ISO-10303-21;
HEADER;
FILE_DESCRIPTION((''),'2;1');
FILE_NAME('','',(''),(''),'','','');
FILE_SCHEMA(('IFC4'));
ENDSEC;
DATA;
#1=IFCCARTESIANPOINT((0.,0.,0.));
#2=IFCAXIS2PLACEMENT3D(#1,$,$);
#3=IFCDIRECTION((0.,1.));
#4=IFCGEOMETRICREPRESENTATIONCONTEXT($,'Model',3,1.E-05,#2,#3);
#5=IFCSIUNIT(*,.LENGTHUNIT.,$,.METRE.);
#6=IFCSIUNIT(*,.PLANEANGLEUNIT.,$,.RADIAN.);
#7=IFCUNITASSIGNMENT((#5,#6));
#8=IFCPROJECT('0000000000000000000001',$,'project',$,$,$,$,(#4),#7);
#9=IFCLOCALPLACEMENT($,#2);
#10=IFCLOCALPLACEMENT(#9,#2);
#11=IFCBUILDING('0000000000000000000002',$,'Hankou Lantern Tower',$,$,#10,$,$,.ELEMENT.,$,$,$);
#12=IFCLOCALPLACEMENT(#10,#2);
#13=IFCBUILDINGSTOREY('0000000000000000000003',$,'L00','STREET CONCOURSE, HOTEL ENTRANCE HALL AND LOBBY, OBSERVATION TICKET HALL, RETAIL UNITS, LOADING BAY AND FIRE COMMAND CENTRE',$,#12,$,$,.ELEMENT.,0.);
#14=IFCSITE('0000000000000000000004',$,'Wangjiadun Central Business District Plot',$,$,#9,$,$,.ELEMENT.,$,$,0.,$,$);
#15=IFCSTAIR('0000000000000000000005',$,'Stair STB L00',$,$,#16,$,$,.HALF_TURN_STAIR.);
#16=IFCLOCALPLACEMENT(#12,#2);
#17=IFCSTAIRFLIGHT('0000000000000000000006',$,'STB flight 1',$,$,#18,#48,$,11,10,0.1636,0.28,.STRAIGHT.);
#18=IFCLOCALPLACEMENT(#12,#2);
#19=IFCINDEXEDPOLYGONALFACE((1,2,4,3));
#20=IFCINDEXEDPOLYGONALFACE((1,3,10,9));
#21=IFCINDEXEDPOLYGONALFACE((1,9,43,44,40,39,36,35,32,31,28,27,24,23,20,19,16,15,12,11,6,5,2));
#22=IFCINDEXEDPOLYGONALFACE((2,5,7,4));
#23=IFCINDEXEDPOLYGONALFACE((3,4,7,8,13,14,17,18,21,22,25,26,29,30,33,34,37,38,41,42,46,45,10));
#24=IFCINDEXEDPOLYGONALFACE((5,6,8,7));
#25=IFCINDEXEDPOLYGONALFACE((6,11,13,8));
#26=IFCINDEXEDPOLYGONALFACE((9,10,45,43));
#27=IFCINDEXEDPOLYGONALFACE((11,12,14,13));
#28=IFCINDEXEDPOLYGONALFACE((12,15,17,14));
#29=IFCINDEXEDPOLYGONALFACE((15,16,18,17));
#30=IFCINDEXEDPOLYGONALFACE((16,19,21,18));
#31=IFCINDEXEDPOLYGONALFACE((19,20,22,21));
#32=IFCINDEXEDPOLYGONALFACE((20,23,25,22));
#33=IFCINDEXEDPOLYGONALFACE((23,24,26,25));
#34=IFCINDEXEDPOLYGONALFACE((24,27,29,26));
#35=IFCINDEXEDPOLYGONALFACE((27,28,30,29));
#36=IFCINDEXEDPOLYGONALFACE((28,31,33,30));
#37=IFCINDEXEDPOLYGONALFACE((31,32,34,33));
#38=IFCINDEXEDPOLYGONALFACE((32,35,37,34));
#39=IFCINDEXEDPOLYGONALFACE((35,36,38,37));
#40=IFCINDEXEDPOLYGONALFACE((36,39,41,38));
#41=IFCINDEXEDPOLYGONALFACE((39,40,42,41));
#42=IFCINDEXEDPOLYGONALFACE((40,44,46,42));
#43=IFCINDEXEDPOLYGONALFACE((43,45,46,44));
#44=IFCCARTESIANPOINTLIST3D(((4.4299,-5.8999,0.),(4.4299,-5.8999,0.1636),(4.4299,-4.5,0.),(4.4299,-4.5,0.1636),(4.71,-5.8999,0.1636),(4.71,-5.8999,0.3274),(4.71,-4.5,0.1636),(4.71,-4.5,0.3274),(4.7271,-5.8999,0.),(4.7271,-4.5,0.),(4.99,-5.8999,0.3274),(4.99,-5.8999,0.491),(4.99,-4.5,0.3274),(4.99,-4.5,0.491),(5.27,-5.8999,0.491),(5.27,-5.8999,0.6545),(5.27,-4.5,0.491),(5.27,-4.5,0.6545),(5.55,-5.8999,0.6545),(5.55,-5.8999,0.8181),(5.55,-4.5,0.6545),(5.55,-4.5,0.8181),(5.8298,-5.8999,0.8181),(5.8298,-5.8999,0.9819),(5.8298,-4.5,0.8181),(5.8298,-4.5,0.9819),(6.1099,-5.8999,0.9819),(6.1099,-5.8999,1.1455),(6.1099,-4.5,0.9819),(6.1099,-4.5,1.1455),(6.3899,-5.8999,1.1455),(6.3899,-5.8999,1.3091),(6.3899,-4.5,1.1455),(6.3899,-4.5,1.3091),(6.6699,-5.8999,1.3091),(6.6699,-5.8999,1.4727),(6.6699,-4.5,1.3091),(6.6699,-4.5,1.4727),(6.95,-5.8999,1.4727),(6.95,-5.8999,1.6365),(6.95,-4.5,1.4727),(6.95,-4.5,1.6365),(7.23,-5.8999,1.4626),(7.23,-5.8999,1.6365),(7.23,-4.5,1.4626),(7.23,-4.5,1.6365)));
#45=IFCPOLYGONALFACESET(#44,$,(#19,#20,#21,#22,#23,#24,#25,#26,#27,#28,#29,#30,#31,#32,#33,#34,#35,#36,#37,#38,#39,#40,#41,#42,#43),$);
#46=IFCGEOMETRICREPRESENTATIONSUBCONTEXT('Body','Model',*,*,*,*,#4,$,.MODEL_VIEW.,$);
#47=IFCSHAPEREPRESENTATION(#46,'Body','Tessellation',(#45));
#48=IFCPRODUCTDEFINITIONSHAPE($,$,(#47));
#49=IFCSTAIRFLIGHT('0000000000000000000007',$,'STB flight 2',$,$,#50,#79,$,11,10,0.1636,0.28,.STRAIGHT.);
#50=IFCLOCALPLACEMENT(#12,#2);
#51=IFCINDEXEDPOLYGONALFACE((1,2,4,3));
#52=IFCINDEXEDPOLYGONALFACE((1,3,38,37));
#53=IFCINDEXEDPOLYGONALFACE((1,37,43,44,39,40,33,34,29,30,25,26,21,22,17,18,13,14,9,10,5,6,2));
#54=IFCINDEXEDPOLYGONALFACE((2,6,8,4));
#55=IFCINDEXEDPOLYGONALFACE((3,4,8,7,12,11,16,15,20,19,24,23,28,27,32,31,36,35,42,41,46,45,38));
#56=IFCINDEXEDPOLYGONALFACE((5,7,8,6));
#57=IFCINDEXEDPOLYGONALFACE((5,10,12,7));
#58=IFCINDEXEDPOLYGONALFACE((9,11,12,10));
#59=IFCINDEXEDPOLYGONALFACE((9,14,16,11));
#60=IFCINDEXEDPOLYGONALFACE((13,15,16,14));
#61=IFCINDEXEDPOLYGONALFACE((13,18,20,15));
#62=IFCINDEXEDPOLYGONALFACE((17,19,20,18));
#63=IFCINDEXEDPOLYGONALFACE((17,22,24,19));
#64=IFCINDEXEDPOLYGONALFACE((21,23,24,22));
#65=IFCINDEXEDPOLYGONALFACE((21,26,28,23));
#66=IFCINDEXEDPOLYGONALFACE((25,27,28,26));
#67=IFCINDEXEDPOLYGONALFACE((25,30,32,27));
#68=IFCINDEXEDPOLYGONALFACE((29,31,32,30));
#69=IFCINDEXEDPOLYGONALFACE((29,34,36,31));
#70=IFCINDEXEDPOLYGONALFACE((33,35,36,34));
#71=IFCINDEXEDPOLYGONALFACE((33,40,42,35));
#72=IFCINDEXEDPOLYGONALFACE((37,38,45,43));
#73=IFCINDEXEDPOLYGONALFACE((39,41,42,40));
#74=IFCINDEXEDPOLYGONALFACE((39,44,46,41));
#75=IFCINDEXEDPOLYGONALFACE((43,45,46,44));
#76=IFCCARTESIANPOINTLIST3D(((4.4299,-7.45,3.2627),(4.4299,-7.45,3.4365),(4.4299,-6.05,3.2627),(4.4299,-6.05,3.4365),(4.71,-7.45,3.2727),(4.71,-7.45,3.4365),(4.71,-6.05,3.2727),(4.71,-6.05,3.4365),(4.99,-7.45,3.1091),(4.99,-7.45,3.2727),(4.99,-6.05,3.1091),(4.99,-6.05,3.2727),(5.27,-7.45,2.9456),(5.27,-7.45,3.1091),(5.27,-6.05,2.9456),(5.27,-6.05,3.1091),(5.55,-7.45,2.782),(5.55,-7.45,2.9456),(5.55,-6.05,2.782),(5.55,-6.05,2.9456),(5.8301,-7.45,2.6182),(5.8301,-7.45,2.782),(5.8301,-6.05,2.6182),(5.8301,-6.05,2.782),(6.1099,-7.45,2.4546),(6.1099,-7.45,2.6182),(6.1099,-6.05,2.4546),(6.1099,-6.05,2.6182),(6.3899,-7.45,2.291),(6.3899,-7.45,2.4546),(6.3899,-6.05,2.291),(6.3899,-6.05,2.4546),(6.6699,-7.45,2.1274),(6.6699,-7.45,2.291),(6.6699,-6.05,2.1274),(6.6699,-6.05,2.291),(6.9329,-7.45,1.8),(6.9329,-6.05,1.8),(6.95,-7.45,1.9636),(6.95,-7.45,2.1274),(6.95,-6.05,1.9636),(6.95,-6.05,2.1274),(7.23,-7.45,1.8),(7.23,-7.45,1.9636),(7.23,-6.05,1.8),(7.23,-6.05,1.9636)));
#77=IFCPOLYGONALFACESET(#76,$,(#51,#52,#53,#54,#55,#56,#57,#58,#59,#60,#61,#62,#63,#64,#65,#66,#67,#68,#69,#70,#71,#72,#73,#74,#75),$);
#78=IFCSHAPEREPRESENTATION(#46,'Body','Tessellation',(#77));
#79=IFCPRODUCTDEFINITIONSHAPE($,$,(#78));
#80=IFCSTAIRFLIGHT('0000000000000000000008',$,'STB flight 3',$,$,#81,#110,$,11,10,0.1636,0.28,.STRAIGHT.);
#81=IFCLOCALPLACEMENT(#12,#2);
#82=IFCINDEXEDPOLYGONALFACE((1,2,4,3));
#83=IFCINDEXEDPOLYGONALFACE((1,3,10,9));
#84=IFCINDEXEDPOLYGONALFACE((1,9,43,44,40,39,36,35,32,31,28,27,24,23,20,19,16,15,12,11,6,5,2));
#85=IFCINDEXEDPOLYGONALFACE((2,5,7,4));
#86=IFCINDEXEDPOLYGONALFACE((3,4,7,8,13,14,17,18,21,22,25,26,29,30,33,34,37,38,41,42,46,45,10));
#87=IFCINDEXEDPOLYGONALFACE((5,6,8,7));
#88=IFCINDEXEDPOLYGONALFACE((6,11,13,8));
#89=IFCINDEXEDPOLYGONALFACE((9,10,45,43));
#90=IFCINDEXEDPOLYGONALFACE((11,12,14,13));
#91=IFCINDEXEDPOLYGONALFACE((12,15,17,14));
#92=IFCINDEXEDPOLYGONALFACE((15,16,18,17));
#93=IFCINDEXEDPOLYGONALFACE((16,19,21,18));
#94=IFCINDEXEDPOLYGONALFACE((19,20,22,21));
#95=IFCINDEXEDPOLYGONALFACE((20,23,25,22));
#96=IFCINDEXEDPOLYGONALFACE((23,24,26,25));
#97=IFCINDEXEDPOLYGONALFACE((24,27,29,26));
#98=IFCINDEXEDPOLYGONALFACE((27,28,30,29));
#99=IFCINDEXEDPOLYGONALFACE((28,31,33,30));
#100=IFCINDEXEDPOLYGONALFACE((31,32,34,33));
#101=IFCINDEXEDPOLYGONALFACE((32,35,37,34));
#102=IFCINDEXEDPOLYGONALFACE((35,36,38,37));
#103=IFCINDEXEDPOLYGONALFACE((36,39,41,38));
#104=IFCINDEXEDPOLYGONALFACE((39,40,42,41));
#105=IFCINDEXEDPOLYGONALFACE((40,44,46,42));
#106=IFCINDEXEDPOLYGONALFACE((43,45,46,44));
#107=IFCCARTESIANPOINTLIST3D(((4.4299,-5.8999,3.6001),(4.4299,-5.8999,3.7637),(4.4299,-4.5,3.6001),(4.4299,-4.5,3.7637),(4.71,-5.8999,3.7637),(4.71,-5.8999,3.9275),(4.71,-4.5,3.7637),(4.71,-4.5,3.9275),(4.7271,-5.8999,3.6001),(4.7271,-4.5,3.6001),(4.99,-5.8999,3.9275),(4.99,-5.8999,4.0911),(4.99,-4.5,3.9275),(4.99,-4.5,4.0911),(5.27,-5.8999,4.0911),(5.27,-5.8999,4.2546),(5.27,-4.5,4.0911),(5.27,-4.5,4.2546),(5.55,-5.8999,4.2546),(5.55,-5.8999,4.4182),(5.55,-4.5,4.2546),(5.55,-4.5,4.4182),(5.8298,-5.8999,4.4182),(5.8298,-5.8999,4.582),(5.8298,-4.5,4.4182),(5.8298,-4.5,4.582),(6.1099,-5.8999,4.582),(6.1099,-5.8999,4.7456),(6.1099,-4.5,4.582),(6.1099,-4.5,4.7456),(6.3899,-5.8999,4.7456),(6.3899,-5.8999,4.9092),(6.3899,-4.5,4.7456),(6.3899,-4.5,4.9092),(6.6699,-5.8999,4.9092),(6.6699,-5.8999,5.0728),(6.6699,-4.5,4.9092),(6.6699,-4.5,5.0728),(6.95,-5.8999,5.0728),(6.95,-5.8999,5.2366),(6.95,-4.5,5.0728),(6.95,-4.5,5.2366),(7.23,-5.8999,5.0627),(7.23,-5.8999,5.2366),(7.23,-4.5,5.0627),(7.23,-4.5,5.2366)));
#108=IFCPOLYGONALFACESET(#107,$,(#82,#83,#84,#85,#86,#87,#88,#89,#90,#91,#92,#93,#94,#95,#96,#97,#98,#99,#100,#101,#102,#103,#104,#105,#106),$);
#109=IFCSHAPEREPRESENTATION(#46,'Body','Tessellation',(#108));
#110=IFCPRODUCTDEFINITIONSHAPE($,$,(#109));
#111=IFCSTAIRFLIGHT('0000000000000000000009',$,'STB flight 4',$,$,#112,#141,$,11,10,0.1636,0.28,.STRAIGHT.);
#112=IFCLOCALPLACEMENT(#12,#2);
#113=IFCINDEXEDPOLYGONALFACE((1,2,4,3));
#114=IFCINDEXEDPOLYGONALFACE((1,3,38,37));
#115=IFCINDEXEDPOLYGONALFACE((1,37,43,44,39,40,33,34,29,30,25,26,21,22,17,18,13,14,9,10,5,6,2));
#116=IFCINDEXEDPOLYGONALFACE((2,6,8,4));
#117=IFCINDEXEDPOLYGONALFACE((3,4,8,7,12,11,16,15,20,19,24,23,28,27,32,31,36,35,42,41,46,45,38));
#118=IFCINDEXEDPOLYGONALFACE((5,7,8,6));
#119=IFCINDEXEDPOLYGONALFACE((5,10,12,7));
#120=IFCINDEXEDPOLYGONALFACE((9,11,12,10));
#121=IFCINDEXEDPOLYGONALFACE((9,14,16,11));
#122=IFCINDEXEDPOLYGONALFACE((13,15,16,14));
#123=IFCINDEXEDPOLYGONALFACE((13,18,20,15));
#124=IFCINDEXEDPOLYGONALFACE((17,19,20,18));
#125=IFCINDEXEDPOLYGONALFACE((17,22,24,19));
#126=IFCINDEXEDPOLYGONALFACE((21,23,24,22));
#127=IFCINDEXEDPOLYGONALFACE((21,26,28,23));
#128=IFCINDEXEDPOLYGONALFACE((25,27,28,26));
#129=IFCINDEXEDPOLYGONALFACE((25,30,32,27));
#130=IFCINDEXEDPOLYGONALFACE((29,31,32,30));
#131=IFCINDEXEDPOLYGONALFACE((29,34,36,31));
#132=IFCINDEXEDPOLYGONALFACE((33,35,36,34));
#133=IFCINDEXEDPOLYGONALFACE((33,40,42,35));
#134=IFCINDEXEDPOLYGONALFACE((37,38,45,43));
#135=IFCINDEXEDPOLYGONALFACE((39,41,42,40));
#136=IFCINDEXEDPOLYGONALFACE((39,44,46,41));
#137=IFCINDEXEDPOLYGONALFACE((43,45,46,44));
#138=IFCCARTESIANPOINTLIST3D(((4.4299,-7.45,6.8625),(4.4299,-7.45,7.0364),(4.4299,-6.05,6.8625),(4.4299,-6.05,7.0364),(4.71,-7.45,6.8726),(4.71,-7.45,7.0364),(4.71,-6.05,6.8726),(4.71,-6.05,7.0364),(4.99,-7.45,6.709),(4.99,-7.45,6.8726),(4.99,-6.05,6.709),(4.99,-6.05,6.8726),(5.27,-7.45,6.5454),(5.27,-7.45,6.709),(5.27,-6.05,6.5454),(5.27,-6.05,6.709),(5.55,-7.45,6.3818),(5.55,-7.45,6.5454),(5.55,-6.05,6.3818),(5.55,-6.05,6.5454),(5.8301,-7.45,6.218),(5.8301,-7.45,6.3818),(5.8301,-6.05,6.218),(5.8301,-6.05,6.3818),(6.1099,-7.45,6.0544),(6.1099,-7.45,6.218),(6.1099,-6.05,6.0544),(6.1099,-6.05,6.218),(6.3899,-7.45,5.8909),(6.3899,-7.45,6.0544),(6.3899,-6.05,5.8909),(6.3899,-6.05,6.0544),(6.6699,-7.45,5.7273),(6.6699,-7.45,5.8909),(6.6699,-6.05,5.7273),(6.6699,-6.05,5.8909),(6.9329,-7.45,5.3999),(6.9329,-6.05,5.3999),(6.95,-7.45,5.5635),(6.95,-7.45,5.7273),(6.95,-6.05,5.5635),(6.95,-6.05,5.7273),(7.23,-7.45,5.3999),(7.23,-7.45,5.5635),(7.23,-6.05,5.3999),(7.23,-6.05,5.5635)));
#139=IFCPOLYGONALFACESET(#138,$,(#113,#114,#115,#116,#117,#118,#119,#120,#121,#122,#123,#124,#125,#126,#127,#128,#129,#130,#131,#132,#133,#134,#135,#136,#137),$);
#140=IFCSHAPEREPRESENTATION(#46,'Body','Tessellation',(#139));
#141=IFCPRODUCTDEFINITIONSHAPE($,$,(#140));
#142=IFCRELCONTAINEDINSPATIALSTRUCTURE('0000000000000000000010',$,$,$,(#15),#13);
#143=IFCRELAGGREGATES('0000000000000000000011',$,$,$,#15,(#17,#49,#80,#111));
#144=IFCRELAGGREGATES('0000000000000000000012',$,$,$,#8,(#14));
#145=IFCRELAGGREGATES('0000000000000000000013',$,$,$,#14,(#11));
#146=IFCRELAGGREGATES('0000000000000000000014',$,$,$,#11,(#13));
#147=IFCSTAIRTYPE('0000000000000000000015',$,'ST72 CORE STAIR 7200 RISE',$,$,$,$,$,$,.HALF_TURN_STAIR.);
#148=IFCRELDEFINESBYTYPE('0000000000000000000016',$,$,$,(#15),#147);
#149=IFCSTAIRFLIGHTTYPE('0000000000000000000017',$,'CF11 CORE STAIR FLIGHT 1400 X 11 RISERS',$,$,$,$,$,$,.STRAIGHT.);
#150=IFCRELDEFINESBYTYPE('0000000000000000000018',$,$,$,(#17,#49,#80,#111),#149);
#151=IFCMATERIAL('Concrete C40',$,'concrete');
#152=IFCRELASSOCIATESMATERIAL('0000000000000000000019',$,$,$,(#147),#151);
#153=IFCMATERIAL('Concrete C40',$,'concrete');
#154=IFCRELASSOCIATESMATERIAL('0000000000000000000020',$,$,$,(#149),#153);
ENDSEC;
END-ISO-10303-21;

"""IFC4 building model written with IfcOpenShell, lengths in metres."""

from ifc_helpers import new_model, si_unit, direction, frame, origin, place, context, subcontext, project, spatial, polyline, outline, extrude, material, type_object, element, aggregate, save


model = new_model("IFC4")

# Units and contexts
model_context = context("Model", 3, precision=1e-05, world=origin(), true_north=direction((0.0, 1.0)))
body_context = subcontext(model_context, "Body", "Model", "MODEL_VIEW")
ifc_project = project(units=[si_unit("LENGTHUNIT", "METRE"), si_unit("PLANEANGLEUNIT", "RADIAN")], contexts=[model_context])

# Site, building, storey
site_placement = place(None, origin())
site = spatial("IfcSite", under=ifc_project, at=site_placement, Name="Wangjiadun Central Business District Plot", CompositionType="ELEMENT", RefElevation=0.0)
building_placement = place(site_placement, origin())
building = spatial("IfcBuilding", under=site, at=building_placement, Name="Hankou Lantern Tower", CompositionType="ELEMENT")
storey_placement = place(building_placement, origin())
storey = spatial("IfcBuildingStorey", under=building, at=storey_placement, Name="L00", Description="STREET CONCOURSE, HOTEL ENTRANCE HALL AND LOBBY, OBSERVATION TICKET HALL, RETAIL UNITS, LOADING BAY AND FIRE COMMAND CENTRE", CompositionType="ELEMENT", Elevation=0.0)

# Stair, stair flights
ifc_material_1 = material(Name="Concrete C40", Category="concrete")
stair_type = type_object("IfcStairType", Name="ST72 CORE STAIR 7200 RISE", PredefinedType="HALF_TURN_STAIR", material=ifc_material_1)
stair_placement = place(storey_placement, origin())
stair = element("IfcStair", 1, at=stair_placement, inside=storey, type_object=stair_type, Name="Stair STB L00", PredefinedType="HALF_TURN_STAIR")
ifc_material_2 = material(Name="Concrete C40", Category="concrete")
stair_flight_type = type_object("IfcStairFlightType", Name="CF11 CORE STAIR FLIGHT 1400 X 11 RISERS", PredefinedType="STRAIGHT", material=ifc_material_2)
stair_flight_1_placement = place(storey_placement, frame((4.4299, -5.2, 0.0), z_axis=(0.0, 0.0, 1.0), x_axis=(1.0, 0.0, 0.0)))
stair_flight_1 = element("IfcStairFlight", 2, at=stair_flight_1_placement, type_object=stair_flight_type, Name="STB flight 1", NumberOfRisers=11, NumberOfTreads=10, PredefinedType="STRAIGHT", RiserHeight=0.1636, TreadLength=0.28, context=body_context, shape_type="SweptSolid", body=[
    extrude(outline(polyline([(0.0, 0.0), (0.0, 0.1636), (0.28, 0.1636), (0.28, 0.3274), (0.5601, 0.3274), (0.5601, 0.491), (0.8401, 0.491), (0.8401, 0.6545), (1.1201, 0.6545), (1.1201, 0.8181), (1.3999, 0.8181), (1.3999, 0.9819), (1.6799, 0.9819), (1.6799, 1.1455), (1.96, 1.1455), (1.96, 1.3091), (2.24, 1.3091), (2.24, 1.4727), (2.52, 1.4727), (2.52, 1.6365), (2.8, 1.6365), (2.8, 1.8), (2.8, 1.4626), (0.2971, 0.0), (0.0, 0.0)])), frame((0.0, 0.7, 0.0), z_axis=(0.0, -1.0, 0.0), x_axis=(1.0, 0.0, 0.0)), (0.0, 0.0, 1.0), 1.3999),
])
stair_flight_2_placement = place(storey_placement, frame((7.23, -6.75, 1.8), z_axis=(0.0, 0.0, 1.0), x_axis=(-1.0, 0.0, 0.0)))
stair_flight_2 = element("IfcStairFlight", 3, at=stair_flight_2_placement, type_object=stair_flight_type, Name="STB flight 2", NumberOfRisers=11, NumberOfTreads=10, PredefinedType="STRAIGHT", RiserHeight=0.1636, TreadLength=0.28, context=body_context, shape_type="SweptSolid", body=[
    extrude(outline(polyline([(0.0, 0.0), (0.0, 0.1636), (0.28, 0.1636), (0.28, 0.3274), (0.5601, 0.3274), (0.5601, 0.491), (0.8401, 0.491), (0.8401, 0.6545), (1.1201, 0.6545), (1.1201, 0.8181), (1.3999, 0.8181), (1.3999, 0.9819), (1.6799, 0.9819), (1.6799, 1.1455), (1.96, 1.1455), (1.96, 1.3091), (2.24, 1.3091), (2.24, 1.4727), (2.52, 1.4727), (2.52, 1.6365), (2.8, 1.6365), (2.8, 1.8), (2.8, 1.4626), (0.2971, 0.0), (0.0, 0.0)])), frame((0.0, 0.7, 0.0), z_axis=(0.0, -1.0, 0.0), x_axis=(1.0, 0.0, 0.0)), (0.0, 0.0, 1.0), 1.3999),
])
stair_flight_3_placement = place(storey_placement, frame((4.4299, -5.2, 3.6001), z_axis=(0.0, 0.0, 1.0), x_axis=(1.0, 0.0, 0.0)))
stair_flight_3 = element("IfcStairFlight", 4, at=stair_flight_3_placement, type_object=stair_flight_type, Name="STB flight 3", NumberOfRisers=11, NumberOfTreads=10, PredefinedType="STRAIGHT", RiserHeight=0.1636, TreadLength=0.28, context=body_context, shape_type="SweptSolid", body=[
    extrude(outline(polyline([(0.0, 0.0), (0.0, 0.1636), (0.28, 0.1636), (0.28, 0.3274), (0.5601, 0.3274), (0.5601, 0.491), (0.8401, 0.491), (0.8401, 0.6545), (1.1201, 0.6545), (1.1201, 0.8181), (1.3999, 0.8181), (1.3999, 0.9819), (1.6799, 0.9819), (1.6799, 1.1455), (1.96, 1.1455), (1.96, 1.3091), (2.24, 1.3091), (2.24, 1.4727), (2.52, 1.4727), (2.52, 1.6365), (2.8, 1.6365), (2.8, 1.8), (2.8, 1.4626), (0.2971, 0.0), (0.0, 0.0)])), frame((0.0, 0.7, 0.0), z_axis=(0.0, -1.0, 0.0), x_axis=(1.0, 0.0, 0.0)), (0.0, 0.0, 1.0), 1.3999),
])
stair_flight_4_placement = place(storey_placement, frame((7.23, -6.75, 5.3999), z_axis=(0.0, 0.0, 1.0), x_axis=(-1.0, 0.0, 0.0)))
stair_flight_4 = element("IfcStairFlight", 5, at=stair_flight_4_placement, type_object=stair_flight_type, Name="STB flight 4", NumberOfRisers=11, NumberOfTreads=10, PredefinedType="STRAIGHT", RiserHeight=0.1636, TreadLength=0.28, context=body_context, shape_type="SweptSolid", body=[
    extrude(outline(polyline([(0.0, 0.0), (0.0, 0.1636), (0.28, 0.1636), (0.28, 0.3274), (0.5601, 0.3274), (0.5601, 0.491), (0.8401, 0.491), (0.8401, 0.6545), (1.1201, 0.6545), (1.1201, 0.8181), (1.3999, 0.8181), (1.3999, 0.9819), (1.6799, 0.9819), (1.6799, 1.1455), (1.96, 1.1455), (1.96, 1.3091), (2.24, 1.3091), (2.24, 1.4727), (2.52, 1.4727), (2.52, 1.6365), (2.8, 1.6365), (2.8, 1.8), (2.8, 1.4626), (0.2971, 0.0), (0.0, 0.0)])), frame((0.0, 0.7, 0.0), z_axis=(0.0, -1.0, 0.0), x_axis=(1.0, 0.0, 0.0)), (0.0, 0.0, 1.0), 1.3999),
])
aggregate(stair, [stair_flight_1, stair_flight_2, stair_flight_3, stair_flight_4])

save(model, "model.ifc")
